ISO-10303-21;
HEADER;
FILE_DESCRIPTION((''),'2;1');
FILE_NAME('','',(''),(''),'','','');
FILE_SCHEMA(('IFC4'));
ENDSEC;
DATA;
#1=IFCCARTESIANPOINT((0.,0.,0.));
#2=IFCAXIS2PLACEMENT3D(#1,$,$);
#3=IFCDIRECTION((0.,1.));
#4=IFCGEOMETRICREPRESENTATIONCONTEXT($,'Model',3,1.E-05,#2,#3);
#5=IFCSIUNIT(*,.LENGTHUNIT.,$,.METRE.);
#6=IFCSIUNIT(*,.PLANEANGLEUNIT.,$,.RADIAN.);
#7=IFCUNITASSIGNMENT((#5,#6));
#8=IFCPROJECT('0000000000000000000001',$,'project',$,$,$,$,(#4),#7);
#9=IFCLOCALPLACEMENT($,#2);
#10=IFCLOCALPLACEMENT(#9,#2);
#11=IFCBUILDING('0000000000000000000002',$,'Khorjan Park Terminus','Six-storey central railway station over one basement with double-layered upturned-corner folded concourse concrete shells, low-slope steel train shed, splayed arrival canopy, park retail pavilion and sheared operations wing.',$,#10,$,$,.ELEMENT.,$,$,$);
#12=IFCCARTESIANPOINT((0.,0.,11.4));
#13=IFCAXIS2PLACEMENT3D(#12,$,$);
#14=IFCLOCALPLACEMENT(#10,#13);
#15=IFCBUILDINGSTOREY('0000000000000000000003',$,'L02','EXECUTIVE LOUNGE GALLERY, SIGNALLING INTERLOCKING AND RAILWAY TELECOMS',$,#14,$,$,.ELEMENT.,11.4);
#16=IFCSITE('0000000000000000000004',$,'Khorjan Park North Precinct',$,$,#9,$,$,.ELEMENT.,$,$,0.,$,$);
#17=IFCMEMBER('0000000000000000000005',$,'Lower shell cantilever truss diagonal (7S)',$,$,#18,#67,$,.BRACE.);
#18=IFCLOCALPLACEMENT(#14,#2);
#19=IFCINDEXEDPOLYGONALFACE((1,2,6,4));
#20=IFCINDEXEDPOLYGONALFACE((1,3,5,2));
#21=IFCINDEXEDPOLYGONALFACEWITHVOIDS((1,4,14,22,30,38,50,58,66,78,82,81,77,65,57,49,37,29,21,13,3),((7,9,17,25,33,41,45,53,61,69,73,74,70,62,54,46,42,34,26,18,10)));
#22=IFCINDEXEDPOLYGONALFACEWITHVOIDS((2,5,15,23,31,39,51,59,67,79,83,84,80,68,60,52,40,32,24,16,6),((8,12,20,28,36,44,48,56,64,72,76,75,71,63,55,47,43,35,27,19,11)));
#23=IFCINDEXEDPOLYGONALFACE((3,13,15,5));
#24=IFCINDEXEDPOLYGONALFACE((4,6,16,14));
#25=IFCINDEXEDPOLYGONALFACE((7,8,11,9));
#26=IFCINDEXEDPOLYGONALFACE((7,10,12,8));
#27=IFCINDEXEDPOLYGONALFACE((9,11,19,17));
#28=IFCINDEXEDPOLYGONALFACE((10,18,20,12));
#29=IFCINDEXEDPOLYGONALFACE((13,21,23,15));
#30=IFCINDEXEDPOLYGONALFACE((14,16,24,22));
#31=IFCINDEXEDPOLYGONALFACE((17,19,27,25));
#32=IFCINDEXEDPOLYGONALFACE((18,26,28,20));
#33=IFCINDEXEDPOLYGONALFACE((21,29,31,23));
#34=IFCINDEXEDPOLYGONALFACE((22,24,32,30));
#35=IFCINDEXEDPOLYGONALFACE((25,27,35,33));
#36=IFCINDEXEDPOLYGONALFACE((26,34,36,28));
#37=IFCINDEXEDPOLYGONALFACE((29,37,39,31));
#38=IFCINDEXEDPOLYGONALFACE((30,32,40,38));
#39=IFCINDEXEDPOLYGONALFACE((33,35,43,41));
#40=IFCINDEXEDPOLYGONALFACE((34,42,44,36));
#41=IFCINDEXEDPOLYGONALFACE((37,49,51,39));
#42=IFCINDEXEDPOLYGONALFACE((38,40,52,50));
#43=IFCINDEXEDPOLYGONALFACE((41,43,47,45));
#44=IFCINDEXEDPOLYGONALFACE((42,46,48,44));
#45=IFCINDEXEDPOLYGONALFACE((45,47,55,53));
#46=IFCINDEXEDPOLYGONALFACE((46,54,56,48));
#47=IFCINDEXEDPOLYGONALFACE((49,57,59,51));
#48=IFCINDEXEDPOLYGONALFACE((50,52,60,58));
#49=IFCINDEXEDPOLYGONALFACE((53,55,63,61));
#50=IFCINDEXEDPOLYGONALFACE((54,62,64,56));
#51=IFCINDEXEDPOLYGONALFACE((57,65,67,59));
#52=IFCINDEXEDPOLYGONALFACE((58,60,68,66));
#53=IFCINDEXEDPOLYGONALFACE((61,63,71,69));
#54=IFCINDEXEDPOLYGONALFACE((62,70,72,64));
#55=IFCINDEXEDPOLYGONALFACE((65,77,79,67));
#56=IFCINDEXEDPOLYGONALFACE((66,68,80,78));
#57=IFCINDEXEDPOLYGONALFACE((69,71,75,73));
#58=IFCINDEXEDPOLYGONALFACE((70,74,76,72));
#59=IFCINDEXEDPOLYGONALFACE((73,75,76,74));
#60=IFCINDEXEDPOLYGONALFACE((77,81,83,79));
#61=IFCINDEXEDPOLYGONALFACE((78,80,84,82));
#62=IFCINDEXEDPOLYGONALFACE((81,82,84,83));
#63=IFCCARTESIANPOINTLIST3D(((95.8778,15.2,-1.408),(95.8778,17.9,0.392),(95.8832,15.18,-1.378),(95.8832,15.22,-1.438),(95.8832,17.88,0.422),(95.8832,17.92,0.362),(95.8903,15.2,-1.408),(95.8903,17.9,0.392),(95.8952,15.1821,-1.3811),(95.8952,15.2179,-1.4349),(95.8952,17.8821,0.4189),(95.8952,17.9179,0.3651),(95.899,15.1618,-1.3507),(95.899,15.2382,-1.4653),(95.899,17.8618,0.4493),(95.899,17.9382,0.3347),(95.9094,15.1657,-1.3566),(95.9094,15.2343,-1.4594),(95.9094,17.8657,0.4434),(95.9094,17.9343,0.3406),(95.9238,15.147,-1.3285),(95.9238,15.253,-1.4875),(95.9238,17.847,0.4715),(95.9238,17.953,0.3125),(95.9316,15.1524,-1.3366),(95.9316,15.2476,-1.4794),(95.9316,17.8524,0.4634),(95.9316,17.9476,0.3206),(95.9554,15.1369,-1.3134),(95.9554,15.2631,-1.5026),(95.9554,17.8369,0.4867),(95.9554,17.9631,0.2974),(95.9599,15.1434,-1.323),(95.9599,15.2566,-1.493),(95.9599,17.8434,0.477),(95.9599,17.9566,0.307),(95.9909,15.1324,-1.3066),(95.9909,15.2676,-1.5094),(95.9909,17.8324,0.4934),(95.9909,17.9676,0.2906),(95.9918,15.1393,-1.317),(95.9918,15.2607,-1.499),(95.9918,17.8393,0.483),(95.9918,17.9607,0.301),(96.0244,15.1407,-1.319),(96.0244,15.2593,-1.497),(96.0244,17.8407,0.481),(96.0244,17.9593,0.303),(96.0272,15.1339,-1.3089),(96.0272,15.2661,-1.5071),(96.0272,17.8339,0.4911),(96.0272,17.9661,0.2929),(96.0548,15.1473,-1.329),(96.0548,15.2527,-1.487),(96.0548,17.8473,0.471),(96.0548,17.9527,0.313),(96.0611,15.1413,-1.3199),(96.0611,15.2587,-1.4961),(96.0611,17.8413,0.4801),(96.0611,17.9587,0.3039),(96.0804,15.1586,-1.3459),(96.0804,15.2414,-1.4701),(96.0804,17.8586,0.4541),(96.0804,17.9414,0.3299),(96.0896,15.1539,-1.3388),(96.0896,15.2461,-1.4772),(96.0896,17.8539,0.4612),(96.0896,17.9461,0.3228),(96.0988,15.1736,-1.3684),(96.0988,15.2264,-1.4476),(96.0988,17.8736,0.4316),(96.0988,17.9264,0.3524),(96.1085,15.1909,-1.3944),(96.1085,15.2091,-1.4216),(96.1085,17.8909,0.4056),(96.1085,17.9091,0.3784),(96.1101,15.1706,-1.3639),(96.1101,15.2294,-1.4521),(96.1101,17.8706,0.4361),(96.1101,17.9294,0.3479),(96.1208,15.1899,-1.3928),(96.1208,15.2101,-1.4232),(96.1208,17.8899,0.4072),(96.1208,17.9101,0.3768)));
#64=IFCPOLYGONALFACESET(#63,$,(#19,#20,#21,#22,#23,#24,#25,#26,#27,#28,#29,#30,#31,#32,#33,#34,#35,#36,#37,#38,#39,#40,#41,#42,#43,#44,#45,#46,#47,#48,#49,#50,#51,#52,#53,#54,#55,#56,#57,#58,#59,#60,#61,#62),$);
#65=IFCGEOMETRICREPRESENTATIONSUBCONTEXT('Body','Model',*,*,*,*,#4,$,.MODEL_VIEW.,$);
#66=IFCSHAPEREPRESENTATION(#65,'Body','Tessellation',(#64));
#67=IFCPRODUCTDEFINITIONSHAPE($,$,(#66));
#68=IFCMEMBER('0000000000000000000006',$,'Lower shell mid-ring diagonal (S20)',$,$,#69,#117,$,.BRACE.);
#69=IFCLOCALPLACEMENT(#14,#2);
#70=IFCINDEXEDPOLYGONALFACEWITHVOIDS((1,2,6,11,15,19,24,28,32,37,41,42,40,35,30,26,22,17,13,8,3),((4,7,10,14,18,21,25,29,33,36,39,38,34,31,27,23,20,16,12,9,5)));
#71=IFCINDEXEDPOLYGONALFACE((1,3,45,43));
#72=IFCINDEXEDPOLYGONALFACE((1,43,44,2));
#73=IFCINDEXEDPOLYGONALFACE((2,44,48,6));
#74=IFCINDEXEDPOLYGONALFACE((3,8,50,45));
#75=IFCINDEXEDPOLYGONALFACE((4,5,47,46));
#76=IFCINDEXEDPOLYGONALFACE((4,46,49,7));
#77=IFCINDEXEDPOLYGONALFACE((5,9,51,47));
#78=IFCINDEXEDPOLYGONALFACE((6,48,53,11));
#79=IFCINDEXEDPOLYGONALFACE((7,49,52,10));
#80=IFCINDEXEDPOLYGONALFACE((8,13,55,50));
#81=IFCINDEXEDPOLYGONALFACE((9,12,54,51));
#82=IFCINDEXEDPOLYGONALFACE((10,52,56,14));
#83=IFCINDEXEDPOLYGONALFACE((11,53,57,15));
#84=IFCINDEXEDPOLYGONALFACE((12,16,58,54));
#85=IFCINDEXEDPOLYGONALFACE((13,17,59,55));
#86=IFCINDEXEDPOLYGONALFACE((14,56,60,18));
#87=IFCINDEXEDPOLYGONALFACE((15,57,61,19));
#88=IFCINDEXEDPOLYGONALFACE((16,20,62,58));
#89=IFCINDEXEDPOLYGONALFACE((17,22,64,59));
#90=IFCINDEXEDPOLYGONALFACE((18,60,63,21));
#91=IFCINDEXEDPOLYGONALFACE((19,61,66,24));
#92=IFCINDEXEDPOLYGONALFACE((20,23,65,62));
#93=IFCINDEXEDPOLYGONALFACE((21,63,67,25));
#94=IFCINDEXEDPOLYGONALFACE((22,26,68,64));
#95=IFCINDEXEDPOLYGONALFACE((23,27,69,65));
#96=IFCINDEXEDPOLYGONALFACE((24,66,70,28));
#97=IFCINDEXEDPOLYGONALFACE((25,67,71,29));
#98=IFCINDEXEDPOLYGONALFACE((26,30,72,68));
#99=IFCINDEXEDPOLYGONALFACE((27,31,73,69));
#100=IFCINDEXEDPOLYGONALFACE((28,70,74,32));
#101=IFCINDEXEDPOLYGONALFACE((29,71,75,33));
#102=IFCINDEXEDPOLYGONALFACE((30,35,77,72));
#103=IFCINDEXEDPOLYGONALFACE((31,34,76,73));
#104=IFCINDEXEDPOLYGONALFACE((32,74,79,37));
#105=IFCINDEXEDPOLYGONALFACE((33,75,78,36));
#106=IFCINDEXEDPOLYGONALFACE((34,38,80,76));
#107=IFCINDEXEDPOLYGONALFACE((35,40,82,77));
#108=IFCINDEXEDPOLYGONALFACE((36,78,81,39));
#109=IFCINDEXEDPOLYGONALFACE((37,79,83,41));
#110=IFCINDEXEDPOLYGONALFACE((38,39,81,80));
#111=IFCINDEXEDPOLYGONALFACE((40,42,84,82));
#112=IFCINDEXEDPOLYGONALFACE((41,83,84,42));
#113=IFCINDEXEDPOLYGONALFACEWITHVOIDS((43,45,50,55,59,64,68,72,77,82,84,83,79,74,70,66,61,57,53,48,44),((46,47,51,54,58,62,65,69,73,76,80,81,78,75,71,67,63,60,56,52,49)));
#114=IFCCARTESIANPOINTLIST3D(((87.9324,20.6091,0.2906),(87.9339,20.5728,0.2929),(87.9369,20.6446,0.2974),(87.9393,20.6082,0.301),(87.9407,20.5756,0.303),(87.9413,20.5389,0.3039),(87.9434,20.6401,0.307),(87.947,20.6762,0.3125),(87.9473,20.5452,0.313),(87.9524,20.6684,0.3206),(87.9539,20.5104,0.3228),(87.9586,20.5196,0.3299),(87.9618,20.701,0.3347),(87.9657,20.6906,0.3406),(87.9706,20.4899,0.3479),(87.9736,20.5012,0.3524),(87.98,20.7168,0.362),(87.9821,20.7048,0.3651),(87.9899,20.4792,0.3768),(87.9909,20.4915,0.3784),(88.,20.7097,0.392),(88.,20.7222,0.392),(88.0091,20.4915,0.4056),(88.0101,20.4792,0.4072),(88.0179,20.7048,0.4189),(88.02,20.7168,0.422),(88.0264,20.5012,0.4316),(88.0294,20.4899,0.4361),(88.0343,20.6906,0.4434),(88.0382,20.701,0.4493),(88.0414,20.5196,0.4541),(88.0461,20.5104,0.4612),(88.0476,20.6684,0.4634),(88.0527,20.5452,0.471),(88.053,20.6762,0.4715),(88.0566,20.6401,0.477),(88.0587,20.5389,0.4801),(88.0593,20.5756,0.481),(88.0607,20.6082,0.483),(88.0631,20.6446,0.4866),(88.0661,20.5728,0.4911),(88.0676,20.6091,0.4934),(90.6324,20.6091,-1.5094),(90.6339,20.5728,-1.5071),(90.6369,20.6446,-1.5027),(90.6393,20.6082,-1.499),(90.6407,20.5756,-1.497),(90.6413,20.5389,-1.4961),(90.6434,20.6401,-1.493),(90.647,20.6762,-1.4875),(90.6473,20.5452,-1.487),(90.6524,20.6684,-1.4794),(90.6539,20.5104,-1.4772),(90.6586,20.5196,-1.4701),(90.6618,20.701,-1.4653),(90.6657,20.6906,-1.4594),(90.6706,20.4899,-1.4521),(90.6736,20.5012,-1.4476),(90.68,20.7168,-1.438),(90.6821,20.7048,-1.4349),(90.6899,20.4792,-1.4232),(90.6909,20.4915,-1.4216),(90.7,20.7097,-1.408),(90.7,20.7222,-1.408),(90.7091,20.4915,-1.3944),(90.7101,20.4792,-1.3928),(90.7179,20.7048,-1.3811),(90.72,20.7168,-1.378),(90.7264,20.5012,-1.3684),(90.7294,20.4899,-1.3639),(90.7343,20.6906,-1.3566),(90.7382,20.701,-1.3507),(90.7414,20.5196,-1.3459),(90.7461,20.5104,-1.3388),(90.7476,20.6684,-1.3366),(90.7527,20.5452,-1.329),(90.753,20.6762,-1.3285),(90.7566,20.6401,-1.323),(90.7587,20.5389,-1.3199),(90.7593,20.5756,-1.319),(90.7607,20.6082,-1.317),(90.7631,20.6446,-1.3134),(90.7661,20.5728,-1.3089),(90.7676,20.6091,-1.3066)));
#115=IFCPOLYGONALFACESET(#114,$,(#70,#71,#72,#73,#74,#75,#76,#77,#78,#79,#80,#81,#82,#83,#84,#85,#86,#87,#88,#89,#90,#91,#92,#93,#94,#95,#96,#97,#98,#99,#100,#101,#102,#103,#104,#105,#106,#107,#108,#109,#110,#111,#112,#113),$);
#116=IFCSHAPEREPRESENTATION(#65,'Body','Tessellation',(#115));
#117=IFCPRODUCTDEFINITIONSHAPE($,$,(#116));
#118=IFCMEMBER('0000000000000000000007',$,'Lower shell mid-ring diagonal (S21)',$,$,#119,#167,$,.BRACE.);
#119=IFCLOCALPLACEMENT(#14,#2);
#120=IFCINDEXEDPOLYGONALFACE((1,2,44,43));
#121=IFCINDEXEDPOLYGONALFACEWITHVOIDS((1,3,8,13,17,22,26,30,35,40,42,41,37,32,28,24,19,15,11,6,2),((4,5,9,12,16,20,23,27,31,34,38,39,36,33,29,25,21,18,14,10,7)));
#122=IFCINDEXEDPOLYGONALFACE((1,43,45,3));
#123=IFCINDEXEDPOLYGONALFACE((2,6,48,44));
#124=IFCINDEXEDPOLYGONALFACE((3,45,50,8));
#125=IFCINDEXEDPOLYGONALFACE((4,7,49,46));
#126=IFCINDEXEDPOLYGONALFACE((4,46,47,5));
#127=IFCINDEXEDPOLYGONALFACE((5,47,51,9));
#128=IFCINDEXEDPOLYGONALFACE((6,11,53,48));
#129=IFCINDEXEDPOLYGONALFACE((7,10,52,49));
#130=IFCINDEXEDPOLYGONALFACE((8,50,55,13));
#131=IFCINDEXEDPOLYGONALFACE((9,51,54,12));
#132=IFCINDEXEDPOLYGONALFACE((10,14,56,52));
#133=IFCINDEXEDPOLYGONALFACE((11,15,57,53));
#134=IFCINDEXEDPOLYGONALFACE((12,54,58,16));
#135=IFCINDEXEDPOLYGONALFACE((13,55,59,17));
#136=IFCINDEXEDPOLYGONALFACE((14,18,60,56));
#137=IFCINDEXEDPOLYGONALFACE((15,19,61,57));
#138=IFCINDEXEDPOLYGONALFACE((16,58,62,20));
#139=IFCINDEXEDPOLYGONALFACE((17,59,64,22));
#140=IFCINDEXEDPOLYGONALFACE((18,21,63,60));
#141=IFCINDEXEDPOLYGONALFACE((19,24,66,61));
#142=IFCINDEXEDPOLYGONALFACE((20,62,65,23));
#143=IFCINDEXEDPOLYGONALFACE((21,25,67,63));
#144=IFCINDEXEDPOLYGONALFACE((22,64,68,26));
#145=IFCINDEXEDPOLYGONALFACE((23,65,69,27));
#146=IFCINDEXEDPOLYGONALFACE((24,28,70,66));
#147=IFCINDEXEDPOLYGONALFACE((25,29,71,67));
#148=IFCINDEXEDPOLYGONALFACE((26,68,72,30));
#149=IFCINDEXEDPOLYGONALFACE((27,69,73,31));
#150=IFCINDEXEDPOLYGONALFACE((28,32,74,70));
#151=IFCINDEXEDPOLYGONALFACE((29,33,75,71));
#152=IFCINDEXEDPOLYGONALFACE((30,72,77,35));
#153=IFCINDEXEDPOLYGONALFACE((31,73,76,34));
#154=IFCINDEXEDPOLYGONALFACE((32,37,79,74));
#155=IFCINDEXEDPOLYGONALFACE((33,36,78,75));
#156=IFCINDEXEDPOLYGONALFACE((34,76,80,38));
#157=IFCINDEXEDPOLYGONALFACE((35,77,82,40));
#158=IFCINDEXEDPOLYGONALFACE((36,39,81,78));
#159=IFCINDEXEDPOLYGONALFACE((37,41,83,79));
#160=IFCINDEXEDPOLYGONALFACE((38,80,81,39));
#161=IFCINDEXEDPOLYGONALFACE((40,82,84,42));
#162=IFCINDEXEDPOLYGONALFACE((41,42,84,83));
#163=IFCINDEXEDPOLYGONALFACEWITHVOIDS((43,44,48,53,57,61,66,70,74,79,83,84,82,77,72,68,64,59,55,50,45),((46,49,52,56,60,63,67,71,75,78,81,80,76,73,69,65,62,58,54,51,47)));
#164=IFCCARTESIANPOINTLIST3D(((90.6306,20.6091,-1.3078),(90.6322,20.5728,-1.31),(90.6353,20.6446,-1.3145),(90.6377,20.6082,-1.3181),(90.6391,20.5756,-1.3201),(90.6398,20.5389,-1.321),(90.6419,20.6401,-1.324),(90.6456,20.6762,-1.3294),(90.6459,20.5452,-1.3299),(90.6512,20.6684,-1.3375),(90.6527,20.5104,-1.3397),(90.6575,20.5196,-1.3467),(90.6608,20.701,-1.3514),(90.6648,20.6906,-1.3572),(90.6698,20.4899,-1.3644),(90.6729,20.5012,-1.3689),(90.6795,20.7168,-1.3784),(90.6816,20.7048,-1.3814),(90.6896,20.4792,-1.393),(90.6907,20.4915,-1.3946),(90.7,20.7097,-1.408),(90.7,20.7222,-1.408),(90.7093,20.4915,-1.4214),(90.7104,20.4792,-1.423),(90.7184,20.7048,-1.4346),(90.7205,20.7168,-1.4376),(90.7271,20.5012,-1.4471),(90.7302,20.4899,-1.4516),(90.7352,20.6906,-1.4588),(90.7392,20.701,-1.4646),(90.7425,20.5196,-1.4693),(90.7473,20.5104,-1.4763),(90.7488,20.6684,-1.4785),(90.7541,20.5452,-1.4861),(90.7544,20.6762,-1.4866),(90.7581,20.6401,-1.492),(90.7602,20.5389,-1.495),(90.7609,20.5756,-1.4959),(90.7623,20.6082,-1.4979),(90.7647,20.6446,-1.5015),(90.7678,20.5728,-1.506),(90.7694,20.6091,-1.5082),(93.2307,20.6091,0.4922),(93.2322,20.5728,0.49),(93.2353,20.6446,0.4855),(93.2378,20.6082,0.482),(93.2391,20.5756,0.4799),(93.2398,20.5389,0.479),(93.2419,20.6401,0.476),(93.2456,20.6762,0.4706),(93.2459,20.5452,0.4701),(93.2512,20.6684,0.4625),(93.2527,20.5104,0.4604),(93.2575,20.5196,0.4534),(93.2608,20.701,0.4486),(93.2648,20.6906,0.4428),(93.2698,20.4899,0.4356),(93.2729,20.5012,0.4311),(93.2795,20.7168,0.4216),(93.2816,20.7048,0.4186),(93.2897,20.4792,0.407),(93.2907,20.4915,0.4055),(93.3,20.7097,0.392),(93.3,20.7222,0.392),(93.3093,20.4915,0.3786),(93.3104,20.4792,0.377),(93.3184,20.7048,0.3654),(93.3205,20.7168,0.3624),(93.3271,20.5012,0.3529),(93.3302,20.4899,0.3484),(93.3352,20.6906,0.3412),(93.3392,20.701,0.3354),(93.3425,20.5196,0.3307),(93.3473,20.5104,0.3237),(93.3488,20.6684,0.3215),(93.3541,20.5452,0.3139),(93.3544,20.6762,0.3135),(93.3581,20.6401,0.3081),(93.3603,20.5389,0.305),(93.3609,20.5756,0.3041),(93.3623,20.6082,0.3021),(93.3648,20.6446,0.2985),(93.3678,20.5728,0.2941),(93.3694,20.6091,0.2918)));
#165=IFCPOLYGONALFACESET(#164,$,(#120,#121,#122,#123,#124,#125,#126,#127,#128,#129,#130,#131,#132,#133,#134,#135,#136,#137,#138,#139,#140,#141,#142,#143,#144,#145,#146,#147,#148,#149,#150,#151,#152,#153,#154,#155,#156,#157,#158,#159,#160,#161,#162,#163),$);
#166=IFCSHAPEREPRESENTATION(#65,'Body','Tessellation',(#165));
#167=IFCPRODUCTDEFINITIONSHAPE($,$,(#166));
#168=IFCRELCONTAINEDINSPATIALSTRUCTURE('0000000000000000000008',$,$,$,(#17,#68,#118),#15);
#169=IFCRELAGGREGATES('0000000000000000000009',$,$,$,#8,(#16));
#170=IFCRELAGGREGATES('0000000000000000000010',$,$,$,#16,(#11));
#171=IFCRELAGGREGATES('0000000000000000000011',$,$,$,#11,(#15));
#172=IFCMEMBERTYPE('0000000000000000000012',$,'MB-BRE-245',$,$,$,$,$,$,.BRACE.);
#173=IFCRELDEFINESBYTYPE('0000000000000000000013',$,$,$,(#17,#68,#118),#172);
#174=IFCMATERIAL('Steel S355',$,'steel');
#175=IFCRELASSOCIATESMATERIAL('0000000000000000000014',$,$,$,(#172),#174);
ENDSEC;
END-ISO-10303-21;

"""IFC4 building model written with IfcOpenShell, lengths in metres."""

from ifc_helpers import new_model, si_unit, direction, frame, origin, origin_2d, place, context, subcontext, project, spatial, hollow_circle, extrude, material, material_profile, profile_set, type_object, element, save


model = new_model("IFC4")

# Units and contexts
model_context = context("Model", 3, precision=1e-05, world=origin(), true_north=direction((0.0, 1.0)))
body_context = subcontext(model_context, "Body", "Model", "MODEL_VIEW")
ifc_project = project(units=[si_unit("LENGTHUNIT", "METRE"), si_unit("PLANEANGLEUNIT", "RADIAN")], contexts=[model_context])

# Site, building, storey
site_placement = place(None, origin())
site = spatial("IfcSite", under=ifc_project, at=site_placement, Name="Khorjan Park North Precinct", CompositionType="ELEMENT", RefElevation=0.0)
building_placement = place(site_placement, origin())
building = spatial("IfcBuilding", under=site, at=building_placement, Name="Khorjan Park Terminus", Description="Six-storey central railway station over one basement with double-layered upturned-corner folded concourse concrete shells, low-slope steel train shed, splayed arrival canopy, park retail pavilion and sheared operations wing.", CompositionType="ELEMENT")
storey_placement = place(building_placement, frame((0.0, 0.0, 11.4)))
storey = spatial("IfcBuildingStorey", under=building, at=storey_placement, Name="L02", Description="EXECUTIVE LOUNGE GALLERY, SIGNALLING INTERLOCKING AND RAILWAY TELECOMS", CompositionType="ELEMENT", Elevation=11.4)

# Members
ifc_material_1 = material(Name="Steel S355", Category="steel")
ifc_material_profile_1 = material_profile(ifc_material_1, hollow_circle(Radius=0.1222, WallThickness=0.0125, at=origin_2d()), Name="CHS 244.5x12.5")
ifc_profile_set_1 = profile_set([ifc_material_profile_1], Name="Steel S355")
member_type_1 = type_object("IfcMemberType", Name="MB-BRE-245", PredefinedType="BRACE", material=ifc_profile_set_1)
for number, where, z_axis, x_axis, name in (
    (1, (96.0, 15.2, -1.408), (0.0, 0.83205, 0.5547), (-1.0, 0.0, 0.0), "Lower shell cantilever truss diagonal (7S)"),
    (2, (88.0, 20.6, 0.392), (0.83205, 0.0, -0.5547), (0.0, 1.0, 0.0), "Lower shell mid-ring diagonal (S20)"),
):
    element("IfcMember", number, at=place(storey_placement, frame(where, z_axis=z_axis, x_axis=x_axis)), inside=storey, type_object=member_type_1, Name=name, PredefinedType="BRACE", context=body_context, shape_type="SweptSolid", body=[
        extrude(hollow_circle(Radius=0.1222, WallThickness=0.0125, at=origin_2d()), origin(), (0.0, 0.0, 1.0), 3.245),
    ])
member_1_placement = place(storey_placement, frame((90.7, 20.6, -1.408), z_axis=(0.822192, 0.0, 0.56921), x_axis=(0.0, 1.0, 0.0)))
element("IfcMember", 3, at=member_1_placement, inside=storey, type_object=member_type_1, Name="Lower shell mid-ring diagonal (S21)", PredefinedType="BRACE", context=body_context, shape_type="SweptSolid", body=[
    extrude(hollow_circle(Radius=0.1222, WallThickness=0.0125, at=origin_2d()), origin(), (0.0, 0.0, 1.0), 3.1623),
])

save(model, "model.ifc")
